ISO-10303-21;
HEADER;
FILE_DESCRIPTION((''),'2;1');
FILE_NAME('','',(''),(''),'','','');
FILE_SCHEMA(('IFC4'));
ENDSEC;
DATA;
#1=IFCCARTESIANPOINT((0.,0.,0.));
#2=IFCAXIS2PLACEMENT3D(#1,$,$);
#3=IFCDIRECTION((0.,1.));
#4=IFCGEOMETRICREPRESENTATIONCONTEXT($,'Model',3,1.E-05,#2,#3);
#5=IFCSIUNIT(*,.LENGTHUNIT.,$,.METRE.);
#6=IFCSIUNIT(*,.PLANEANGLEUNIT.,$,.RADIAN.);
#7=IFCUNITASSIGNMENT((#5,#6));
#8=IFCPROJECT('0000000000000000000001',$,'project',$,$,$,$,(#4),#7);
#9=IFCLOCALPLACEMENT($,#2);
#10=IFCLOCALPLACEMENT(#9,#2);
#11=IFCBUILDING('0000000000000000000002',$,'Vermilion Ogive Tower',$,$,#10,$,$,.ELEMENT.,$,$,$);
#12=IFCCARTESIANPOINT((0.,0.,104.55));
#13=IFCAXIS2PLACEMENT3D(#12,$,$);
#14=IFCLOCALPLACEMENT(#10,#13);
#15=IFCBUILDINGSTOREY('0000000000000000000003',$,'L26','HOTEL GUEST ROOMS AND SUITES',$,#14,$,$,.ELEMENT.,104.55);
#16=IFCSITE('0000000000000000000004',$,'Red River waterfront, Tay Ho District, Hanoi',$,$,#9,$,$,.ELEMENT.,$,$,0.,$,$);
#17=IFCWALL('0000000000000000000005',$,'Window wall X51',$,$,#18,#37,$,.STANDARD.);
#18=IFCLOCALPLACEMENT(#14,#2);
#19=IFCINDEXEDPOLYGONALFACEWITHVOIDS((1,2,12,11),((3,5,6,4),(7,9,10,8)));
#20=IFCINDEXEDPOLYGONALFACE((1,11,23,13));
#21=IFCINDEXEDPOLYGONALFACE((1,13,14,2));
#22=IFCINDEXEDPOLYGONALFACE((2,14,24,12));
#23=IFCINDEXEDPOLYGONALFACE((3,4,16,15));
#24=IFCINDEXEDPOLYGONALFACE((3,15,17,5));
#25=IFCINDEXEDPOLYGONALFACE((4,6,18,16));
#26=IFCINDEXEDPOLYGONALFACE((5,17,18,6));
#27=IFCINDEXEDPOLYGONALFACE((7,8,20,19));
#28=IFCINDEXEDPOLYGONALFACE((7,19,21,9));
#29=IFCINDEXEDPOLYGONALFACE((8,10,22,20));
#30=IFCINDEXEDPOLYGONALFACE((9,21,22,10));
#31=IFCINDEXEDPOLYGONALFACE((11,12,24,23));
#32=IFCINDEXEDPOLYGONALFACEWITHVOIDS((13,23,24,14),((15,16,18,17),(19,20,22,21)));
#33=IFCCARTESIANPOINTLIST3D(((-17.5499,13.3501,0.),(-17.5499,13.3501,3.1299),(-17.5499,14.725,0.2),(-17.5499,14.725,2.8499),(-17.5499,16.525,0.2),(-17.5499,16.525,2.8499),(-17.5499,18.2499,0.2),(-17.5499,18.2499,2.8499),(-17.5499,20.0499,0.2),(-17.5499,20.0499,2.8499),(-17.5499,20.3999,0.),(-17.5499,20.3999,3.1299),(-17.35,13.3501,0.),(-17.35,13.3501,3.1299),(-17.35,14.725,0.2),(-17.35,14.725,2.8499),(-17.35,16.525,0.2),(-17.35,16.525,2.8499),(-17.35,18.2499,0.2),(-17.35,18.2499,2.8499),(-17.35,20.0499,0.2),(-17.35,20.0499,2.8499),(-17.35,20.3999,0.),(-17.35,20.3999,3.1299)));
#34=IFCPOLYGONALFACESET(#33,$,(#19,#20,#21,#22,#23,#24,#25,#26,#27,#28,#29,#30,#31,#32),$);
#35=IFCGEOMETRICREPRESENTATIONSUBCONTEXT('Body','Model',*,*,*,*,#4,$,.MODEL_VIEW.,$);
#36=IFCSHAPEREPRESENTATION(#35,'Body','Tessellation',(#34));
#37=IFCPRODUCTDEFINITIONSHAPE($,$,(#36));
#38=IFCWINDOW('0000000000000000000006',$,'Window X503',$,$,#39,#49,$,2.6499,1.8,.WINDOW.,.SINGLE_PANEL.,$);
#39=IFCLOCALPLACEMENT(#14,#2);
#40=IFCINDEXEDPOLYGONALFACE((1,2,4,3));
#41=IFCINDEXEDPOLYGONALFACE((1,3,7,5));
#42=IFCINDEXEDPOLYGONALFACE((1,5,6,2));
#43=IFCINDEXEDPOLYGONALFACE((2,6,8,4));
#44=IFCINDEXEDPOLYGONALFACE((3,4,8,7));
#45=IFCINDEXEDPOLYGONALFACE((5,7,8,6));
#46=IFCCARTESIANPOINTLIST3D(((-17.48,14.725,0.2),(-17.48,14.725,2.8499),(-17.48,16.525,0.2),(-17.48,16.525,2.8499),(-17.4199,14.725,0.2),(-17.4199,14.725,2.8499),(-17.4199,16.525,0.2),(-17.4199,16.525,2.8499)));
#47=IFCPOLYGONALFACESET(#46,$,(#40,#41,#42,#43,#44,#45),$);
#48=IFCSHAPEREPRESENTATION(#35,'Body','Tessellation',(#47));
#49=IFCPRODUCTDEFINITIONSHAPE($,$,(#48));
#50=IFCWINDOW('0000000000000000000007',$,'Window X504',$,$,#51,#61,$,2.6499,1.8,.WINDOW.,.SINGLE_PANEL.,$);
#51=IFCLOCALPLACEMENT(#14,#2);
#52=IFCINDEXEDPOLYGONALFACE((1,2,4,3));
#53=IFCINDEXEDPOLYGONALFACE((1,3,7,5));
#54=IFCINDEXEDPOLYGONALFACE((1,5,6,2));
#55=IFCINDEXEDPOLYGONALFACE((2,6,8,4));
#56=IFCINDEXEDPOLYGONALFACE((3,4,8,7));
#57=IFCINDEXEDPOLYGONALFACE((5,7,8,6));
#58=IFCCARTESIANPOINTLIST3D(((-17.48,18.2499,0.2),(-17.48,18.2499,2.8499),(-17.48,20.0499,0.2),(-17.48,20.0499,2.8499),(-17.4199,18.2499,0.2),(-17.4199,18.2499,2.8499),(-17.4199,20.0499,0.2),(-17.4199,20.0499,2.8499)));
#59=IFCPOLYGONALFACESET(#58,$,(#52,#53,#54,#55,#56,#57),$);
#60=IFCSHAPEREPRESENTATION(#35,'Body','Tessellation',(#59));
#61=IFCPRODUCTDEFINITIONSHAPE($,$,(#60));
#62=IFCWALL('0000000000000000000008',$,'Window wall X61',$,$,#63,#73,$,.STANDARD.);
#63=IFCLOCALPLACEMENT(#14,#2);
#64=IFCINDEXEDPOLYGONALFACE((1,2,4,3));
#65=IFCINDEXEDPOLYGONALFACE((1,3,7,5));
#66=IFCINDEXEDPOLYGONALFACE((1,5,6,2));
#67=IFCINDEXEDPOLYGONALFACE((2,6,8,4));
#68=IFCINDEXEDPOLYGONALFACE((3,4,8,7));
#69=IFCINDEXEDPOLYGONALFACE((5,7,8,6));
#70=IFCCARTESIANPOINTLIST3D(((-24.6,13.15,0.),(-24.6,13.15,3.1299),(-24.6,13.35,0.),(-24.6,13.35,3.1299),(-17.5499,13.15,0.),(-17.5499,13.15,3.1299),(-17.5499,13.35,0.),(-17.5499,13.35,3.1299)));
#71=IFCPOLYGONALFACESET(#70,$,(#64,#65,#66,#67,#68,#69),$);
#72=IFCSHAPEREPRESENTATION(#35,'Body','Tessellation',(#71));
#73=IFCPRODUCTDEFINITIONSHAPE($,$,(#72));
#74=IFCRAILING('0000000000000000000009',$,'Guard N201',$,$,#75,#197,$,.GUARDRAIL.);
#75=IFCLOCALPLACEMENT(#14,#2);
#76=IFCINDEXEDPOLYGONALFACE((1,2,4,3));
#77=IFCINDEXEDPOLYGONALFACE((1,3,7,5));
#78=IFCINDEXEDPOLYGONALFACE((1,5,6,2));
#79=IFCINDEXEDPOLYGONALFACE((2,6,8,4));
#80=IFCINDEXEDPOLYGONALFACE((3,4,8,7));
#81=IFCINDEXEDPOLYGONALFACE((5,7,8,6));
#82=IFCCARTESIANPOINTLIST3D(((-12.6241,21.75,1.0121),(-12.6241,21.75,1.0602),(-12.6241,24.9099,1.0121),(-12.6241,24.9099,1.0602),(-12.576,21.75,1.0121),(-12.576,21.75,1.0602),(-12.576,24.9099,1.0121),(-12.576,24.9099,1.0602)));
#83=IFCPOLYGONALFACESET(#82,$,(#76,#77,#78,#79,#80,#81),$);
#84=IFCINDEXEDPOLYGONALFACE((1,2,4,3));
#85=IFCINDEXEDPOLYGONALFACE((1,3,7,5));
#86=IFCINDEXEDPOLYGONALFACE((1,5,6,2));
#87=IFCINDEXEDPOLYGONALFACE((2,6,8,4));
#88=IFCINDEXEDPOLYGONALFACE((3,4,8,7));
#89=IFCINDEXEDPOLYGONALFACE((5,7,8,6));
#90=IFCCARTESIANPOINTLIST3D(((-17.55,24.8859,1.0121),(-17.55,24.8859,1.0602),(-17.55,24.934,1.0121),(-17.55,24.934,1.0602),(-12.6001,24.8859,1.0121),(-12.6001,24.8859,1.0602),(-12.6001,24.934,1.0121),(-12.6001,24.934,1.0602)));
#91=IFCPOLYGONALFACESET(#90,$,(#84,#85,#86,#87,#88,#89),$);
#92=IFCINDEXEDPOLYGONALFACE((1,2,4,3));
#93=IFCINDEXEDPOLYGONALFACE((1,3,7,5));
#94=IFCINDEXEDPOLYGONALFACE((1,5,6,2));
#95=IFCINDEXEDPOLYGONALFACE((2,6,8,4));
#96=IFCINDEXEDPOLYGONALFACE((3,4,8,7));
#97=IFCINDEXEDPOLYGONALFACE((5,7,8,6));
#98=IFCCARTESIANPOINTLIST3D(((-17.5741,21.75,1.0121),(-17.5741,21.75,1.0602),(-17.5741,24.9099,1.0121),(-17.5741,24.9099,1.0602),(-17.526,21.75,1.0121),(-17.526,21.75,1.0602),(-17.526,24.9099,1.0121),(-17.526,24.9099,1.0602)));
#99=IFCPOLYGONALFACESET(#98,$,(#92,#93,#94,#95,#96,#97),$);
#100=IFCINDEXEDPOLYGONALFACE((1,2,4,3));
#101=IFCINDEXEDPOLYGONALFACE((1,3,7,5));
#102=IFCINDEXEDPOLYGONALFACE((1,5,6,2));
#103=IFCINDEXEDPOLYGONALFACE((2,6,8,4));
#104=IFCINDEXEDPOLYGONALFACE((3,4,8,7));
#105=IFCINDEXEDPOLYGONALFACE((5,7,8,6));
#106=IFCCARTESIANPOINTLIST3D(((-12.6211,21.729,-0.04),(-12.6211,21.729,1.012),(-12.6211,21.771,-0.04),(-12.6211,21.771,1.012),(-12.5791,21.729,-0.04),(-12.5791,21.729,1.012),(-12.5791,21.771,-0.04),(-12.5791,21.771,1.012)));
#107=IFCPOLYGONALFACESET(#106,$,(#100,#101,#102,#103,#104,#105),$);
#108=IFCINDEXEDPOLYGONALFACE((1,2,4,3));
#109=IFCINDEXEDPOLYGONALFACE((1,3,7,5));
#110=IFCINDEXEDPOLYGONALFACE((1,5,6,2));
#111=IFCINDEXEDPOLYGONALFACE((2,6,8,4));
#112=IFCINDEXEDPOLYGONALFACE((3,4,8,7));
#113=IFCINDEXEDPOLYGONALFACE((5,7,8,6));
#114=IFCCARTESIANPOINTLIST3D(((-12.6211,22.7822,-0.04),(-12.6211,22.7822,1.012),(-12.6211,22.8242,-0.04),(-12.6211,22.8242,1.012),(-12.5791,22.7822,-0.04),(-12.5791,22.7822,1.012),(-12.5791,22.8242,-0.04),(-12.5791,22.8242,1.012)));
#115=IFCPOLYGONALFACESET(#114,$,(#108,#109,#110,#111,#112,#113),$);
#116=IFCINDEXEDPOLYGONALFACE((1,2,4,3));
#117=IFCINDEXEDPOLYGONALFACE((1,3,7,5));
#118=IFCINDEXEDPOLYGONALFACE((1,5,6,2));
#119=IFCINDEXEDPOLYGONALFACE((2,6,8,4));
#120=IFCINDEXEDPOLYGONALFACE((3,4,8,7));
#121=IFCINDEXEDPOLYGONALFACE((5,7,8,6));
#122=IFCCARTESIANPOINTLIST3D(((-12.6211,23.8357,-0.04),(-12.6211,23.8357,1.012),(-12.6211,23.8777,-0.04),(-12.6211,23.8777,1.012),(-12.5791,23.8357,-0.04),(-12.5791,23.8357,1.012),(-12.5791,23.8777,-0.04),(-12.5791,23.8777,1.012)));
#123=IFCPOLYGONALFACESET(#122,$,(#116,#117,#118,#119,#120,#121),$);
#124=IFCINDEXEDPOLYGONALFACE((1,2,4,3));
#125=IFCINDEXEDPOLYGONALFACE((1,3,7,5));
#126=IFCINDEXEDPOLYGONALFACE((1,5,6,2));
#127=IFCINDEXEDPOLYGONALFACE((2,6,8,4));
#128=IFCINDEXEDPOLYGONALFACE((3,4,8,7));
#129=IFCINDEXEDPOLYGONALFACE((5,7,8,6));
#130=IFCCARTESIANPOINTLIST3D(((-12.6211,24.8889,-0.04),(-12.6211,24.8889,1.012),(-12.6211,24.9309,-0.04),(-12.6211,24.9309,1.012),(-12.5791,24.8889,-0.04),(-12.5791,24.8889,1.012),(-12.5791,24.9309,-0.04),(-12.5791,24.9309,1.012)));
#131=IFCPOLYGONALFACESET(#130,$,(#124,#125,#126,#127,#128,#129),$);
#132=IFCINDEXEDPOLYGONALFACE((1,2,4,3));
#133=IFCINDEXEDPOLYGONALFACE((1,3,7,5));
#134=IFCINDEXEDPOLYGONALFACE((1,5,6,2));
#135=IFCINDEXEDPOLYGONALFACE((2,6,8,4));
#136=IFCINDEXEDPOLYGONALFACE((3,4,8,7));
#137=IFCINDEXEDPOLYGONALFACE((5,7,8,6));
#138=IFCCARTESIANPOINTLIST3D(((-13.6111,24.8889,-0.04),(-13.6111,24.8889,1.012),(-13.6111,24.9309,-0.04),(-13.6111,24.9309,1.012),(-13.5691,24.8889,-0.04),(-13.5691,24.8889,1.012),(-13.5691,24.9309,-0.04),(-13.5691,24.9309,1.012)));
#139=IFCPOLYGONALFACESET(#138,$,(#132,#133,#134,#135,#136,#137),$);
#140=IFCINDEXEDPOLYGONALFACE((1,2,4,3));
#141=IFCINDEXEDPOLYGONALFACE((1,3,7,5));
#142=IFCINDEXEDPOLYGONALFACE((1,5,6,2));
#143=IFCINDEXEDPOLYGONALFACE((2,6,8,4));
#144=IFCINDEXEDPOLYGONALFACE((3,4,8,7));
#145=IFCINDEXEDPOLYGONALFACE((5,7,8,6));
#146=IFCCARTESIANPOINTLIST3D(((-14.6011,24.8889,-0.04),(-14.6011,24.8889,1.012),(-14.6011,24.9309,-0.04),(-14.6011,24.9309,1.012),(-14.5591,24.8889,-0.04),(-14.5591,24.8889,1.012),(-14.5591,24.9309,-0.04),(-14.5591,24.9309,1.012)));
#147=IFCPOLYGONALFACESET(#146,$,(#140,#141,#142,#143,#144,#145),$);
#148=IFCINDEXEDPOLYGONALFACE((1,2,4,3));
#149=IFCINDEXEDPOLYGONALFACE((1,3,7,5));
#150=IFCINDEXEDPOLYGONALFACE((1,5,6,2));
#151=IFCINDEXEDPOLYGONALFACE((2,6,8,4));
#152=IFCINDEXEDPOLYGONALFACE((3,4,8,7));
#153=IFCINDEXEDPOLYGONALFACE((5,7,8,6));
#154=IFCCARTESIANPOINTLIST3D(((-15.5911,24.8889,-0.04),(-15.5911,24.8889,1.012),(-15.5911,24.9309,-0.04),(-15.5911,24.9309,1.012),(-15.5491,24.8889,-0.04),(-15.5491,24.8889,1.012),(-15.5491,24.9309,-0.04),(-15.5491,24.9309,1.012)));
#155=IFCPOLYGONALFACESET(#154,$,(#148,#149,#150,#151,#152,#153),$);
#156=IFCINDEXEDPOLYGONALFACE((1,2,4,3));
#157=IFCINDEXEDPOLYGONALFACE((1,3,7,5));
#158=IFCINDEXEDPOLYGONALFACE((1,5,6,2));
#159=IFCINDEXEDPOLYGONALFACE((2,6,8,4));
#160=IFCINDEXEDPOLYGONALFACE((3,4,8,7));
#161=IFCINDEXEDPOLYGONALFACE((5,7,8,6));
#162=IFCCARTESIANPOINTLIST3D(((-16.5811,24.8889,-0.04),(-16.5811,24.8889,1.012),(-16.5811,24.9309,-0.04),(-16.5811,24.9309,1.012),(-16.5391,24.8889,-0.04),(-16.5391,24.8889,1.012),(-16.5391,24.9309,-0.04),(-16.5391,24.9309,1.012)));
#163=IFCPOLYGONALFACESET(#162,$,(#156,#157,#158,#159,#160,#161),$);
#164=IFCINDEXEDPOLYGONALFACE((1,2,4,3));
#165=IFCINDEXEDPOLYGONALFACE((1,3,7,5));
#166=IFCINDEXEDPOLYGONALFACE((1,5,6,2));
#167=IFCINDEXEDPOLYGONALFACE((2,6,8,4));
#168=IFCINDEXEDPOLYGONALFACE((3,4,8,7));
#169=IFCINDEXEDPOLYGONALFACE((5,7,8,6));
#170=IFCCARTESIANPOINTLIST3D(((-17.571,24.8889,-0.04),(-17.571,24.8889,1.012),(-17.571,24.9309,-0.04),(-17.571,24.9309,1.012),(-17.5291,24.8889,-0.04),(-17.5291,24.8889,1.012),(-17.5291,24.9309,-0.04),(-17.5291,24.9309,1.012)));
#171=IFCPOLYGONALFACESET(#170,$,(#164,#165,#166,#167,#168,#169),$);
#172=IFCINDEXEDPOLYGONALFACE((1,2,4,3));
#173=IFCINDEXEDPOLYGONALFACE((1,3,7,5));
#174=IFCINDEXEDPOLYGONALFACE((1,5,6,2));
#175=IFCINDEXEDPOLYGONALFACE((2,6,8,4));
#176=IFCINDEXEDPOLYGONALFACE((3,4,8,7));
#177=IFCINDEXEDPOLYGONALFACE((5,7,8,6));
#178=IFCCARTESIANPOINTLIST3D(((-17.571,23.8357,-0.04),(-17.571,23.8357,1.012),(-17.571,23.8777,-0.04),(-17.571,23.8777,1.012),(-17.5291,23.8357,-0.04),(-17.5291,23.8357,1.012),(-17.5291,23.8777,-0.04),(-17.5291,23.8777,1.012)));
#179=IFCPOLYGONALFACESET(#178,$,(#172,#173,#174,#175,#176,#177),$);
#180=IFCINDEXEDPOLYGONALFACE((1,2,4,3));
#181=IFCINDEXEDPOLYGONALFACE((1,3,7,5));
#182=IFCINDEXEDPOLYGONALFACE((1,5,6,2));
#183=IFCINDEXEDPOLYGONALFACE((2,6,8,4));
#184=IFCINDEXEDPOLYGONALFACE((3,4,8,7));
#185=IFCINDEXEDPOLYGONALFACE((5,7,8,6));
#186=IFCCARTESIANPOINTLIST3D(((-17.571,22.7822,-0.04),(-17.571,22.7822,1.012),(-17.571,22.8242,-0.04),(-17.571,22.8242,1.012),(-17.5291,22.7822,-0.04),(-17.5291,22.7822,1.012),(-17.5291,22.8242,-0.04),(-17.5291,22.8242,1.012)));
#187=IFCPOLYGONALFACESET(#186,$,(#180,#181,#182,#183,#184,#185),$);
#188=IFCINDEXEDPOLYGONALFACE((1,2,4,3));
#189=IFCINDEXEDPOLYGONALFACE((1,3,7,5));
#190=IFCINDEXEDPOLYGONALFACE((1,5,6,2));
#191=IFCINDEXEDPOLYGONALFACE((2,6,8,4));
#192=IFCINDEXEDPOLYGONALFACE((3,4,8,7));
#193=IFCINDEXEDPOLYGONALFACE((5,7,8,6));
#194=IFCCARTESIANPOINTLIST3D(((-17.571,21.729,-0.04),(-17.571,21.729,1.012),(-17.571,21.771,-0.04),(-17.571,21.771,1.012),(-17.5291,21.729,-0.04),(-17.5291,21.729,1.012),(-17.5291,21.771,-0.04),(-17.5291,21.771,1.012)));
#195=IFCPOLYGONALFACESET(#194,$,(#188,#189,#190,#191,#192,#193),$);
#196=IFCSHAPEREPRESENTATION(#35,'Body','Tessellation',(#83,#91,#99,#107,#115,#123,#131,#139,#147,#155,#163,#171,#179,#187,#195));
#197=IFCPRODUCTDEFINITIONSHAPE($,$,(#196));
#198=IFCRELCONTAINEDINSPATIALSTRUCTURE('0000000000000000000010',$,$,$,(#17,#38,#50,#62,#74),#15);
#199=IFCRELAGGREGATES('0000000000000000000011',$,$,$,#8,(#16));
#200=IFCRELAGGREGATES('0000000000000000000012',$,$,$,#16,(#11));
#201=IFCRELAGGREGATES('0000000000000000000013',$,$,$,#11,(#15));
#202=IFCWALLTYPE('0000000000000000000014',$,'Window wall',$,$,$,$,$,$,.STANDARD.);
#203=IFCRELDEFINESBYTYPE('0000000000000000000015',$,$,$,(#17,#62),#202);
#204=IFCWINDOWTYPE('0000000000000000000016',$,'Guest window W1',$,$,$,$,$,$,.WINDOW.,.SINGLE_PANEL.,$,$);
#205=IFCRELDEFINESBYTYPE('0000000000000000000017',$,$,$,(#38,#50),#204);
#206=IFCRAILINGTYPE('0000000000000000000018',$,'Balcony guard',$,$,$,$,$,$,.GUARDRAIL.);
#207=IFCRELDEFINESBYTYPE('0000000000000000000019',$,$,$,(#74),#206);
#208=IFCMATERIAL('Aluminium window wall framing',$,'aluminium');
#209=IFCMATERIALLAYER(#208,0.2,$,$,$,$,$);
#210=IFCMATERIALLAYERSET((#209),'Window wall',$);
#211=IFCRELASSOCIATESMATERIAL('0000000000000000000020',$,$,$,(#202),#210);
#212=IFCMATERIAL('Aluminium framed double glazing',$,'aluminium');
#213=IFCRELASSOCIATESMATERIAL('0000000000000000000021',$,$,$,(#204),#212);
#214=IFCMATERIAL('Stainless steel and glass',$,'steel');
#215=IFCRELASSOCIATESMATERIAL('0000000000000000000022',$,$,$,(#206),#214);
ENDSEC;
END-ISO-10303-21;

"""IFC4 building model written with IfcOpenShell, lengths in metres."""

from ifc_helpers import new_model, si_unit, direction, frame, frame_2d, origin, origin_2d, place, context, subcontext, project, spatial, rectangle, extrude, material, layer, layer_set, type_object, element, fill, save


model = new_model("IFC4")

# Units and contexts
model_context = context("Model", 3, precision=1e-05, world=origin(), true_north=direction((0.0, 1.0)))
body_context = subcontext(model_context, "Body", "Model", "MODEL_VIEW")
ifc_project = project(units=[si_unit("LENGTHUNIT", "METRE"), si_unit("PLANEANGLEUNIT", "RADIAN")], contexts=[model_context])

# Site, building, storey
site_placement = place(None, origin())
site = spatial("IfcSite", under=ifc_project, at=site_placement, Name="Red River waterfront, Tay Ho District, Hanoi", CompositionType="ELEMENT", RefElevation=0.0)
building_placement = place(site_placement, origin())
building = spatial("IfcBuilding", under=site, at=building_placement, Name="Vermilion Ogive Tower", CompositionType="ELEMENT")
storey_placement = place(building_placement, frame((0.0, 0.0, 104.55)))
storey = spatial("IfcBuildingStorey", under=building, at=storey_placement, Name="L26", Description="HOTEL GUEST ROOMS AND SUITES", CompositionType="ELEMENT", Elevation=104.55)

# Shared definitions
ifc_material_1 = material(Name="Aluminium window wall framing", Category="aluminium")
ifc_layer_1 = layer(ifc_material_1, 0.2)
ifc_layer_set_1 = layer_set([ifc_layer_1], Name="Window wall")
wall_type_1 = type_object("IfcWallType", Name="Window wall", PredefinedType="STANDARD", material=ifc_layer_set_1)
ifc_material_2 = material(Name="Aluminium framed double glazing", Category="aluminium")
window_type = type_object("IfcWindowType", Name="Guest window W1", PartitioningType="SINGLE_PANEL", PredefinedType="WINDOW", material=ifc_material_2)

# Wall, openings, windows
wall_1_placement = place(storey_placement, frame((-17.45, 20.3999, 0.0), z_axis=(0.0, 0.0, 1.0), x_axis=(0.0, -1.0, 0.0)))
wall_1 = element("IfcWall", 1, at=wall_1_placement, inside=storey, type_object=wall_type_1, Name="Window wall X51", PredefinedType="STANDARD", context=body_context, shape_type="SweptSolid", body=[
    extrude(rectangle(XDim=7.0498, YDim=0.2, at=frame_2d((3.5249, 0.0))), origin(), (0.0, 0.0, 1.0), 3.1299),
])
opening_1_placement = place(wall_1_placement, frame((3.875, 0.0, 0.2)))
opening_1 = element("IfcOpeningElement", 2, at=opening_1_placement, cuts=wall_1, PredefinedType="OPENING", context=body_context, shape_type="SweptSolid", body=[
    extrude(rectangle(XDim=1.8, YDim=2.6499, at=frame_2d((0.8999, 1.325))), frame((0.0, 0.1099, 0.0), z_axis=(0.0, -1.0, 0.0), x_axis=(1.0, 0.0, 0.0)), (0.0, 0.0, 1.0), 0.22),
])
opening_2_placement = place(wall_1_placement, frame((0.3501, 0.0, 0.2)))
opening_2 = element("IfcOpeningElement", 3, at=opening_2_placement, cuts=wall_1, PredefinedType="OPENING", context=body_context, shape_type="SweptSolid", body=[
    extrude(rectangle(XDim=1.8, YDim=2.6499, at=frame_2d((0.8999, 1.325))), frame((0.0, 0.1099, 0.0), z_axis=(0.0, -1.0, 0.0), x_axis=(1.0, 0.0, 0.0)), (0.0, 0.0, 1.0), 0.22),
])
window_1_placement = place(opening_1_placement, origin())
window_1 = element("IfcWindow", 4, at=window_1_placement, inside=storey, type_object=window_type, Name="Window X503", OverallHeight=2.6499, OverallWidth=1.8, PartitioningType="SINGLE_PANEL", PredefinedType="WINDOW", context=body_context, shape_type="SweptSolid", body=[
    extrude(rectangle(XDim=1.8, YDim=2.6499, at=frame_2d((0.8999, 1.325))), frame((0.0, 0.03, 0.0), z_axis=(0.0, -1.0, 0.0), x_axis=(1.0, 0.0, 0.0)), (0.0, 0.0, 1.0), 0.0601),
])
fill(opening_1, window_1)
window_2_placement = place(opening_2_placement, origin())
window_2 = element("IfcWindow", 5, at=window_2_placement, inside=storey, type_object=window_type, Name="Window X504", OverallHeight=2.6499, OverallWidth=1.8, PartitioningType="SINGLE_PANEL", PredefinedType="WINDOW", context=body_context, shape_type="SweptSolid", body=[
    extrude(rectangle(XDim=1.8, YDim=2.6499, at=frame_2d((0.8999, 1.325))), frame((0.0, 0.03, 0.0), z_axis=(0.0, -1.0, 0.0), x_axis=(1.0, 0.0, 0.0)), (0.0, 0.0, 1.0), 0.0601),
])
fill(opening_2, window_2)

# Wall
wall_2_placement = place(storey_placement, frame((-17.55, 13.25, 0.0), z_axis=(0.0, 0.0, 1.0), x_axis=(-1.0, 0.0, 0.0)))
element("IfcWall", 6, at=wall_2_placement, inside=storey, type_object=wall_type_1, Name="Window wall X61", PredefinedType="STANDARD", context=body_context, shape_type="SweptSolid", body=[
    extrude(rectangle(XDim=7.05, YDim=0.2, at=frame_2d((3.5249, 0.0))), origin(), (0.0, 0.0, 1.0), 3.1299),
])

# Railing
ifc_material_3 = material(Name="Stainless steel and glass", Category="steel")
railing_type = type_object("IfcRailingType", Name="Balcony guard", PredefinedType="GUARDRAIL", material=ifc_material_3)
railing_placement = place(storey_placement, frame((-12.6001, 21.75, -0.04)))
element("IfcRailing", 7, at=railing_placement, inside=storey, type_object=railing_type, Name="Guard N201", PredefinedType="GUARDRAIL", context=body_context, shape_type="SweptSolid", body=[
    extrude(rectangle(XDim=0.0481, YDim=0.0481, at=origin_2d()), frame((0.0, 0.0, 1.0762), z_axis=(0.0, 1.0, 0.0), x_axis=(-1.0, 0.0, 0.0)), (0.0, 0.0, 1.0), 3.1599),
    extrude(rectangle(XDim=0.0481, YDim=0.0481, at=origin_2d()), frame((0.0, 3.1599, 1.0762), z_axis=(-1.0, 0.0, 0.0), x_axis=(0.0, -1.0, 0.0)), (0.0, 0.0, 1.0), 4.95),
    extrude(rectangle(XDim=0.0481, YDim=0.0481, at=origin_2d()), frame((-4.95, 3.1599, 1.0762), z_axis=(0.0, -1.0, 0.0), x_axis=(1.0, 0.0, 0.0)), (0.0, 0.0, 1.0), 3.1599),
    extrude(rectangle(XDim=0.042, YDim=0.042, at=origin_2d()), origin(), (0.0, 0.0, 1.0), 1.052),
    extrude(rectangle(XDim=0.042, YDim=0.042, at=origin_2d()), frame((0.0, 1.0532, 0.0)), (0.0, 0.0, 1.0), 1.052),
    extrude(rectangle(XDim=0.042, YDim=0.042, at=origin_2d()), frame((0.0, 2.1067, 0.0)), (0.0, 0.0, 1.0), 1.052),
    extrude(rectangle(XDim=0.042, YDim=0.042, at=origin_2d()), frame((0.0, 3.1599, 0.0)), (0.0, 0.0, 1.0), 1.052),
    extrude(rectangle(XDim=0.042, YDim=0.042, at=origin_2d()), frame((-0.99, 3.1599, 0.0)), (0.0, 0.0, 1.0), 1.052),
    extrude(rectangle(XDim=0.042, YDim=0.042, at=origin_2d()), frame((-1.98, 3.1599, 0.0)), (0.0, 0.0, 1.0), 1.052),
    extrude(rectangle(XDim=0.042, YDim=0.042, at=origin_2d()), frame((-2.97, 3.1599, 0.0)), (0.0, 0.0, 1.0), 1.052),
    extrude(rectangle(XDim=0.042, YDim=0.042, at=origin_2d()), frame((-3.96, 3.1599, 0.0)), (0.0, 0.0, 1.0), 1.052),
    extrude(rectangle(XDim=0.042, YDim=0.042, at=origin_2d()), frame((-4.95, 3.1599, 0.0)), (0.0, 0.0, 1.0), 1.052),
    extrude(rectangle(XDim=0.042, YDim=0.042, at=origin_2d()), frame((-4.95, 2.1067, 0.0)), (0.0, 0.0, 1.0), 1.052),
    extrude(rectangle(XDim=0.042, YDim=0.042, at=origin_2d()), frame((-4.95, 1.0532, 0.0)), (0.0, 0.0, 1.0), 1.052),
    extrude(rectangle(XDim=0.042, YDim=0.042, at=origin_2d()), frame((-4.95, 0.0, 0.0)), (0.0, 0.0, 1.0), 1.052),
])

save(model, "model.ifc")
